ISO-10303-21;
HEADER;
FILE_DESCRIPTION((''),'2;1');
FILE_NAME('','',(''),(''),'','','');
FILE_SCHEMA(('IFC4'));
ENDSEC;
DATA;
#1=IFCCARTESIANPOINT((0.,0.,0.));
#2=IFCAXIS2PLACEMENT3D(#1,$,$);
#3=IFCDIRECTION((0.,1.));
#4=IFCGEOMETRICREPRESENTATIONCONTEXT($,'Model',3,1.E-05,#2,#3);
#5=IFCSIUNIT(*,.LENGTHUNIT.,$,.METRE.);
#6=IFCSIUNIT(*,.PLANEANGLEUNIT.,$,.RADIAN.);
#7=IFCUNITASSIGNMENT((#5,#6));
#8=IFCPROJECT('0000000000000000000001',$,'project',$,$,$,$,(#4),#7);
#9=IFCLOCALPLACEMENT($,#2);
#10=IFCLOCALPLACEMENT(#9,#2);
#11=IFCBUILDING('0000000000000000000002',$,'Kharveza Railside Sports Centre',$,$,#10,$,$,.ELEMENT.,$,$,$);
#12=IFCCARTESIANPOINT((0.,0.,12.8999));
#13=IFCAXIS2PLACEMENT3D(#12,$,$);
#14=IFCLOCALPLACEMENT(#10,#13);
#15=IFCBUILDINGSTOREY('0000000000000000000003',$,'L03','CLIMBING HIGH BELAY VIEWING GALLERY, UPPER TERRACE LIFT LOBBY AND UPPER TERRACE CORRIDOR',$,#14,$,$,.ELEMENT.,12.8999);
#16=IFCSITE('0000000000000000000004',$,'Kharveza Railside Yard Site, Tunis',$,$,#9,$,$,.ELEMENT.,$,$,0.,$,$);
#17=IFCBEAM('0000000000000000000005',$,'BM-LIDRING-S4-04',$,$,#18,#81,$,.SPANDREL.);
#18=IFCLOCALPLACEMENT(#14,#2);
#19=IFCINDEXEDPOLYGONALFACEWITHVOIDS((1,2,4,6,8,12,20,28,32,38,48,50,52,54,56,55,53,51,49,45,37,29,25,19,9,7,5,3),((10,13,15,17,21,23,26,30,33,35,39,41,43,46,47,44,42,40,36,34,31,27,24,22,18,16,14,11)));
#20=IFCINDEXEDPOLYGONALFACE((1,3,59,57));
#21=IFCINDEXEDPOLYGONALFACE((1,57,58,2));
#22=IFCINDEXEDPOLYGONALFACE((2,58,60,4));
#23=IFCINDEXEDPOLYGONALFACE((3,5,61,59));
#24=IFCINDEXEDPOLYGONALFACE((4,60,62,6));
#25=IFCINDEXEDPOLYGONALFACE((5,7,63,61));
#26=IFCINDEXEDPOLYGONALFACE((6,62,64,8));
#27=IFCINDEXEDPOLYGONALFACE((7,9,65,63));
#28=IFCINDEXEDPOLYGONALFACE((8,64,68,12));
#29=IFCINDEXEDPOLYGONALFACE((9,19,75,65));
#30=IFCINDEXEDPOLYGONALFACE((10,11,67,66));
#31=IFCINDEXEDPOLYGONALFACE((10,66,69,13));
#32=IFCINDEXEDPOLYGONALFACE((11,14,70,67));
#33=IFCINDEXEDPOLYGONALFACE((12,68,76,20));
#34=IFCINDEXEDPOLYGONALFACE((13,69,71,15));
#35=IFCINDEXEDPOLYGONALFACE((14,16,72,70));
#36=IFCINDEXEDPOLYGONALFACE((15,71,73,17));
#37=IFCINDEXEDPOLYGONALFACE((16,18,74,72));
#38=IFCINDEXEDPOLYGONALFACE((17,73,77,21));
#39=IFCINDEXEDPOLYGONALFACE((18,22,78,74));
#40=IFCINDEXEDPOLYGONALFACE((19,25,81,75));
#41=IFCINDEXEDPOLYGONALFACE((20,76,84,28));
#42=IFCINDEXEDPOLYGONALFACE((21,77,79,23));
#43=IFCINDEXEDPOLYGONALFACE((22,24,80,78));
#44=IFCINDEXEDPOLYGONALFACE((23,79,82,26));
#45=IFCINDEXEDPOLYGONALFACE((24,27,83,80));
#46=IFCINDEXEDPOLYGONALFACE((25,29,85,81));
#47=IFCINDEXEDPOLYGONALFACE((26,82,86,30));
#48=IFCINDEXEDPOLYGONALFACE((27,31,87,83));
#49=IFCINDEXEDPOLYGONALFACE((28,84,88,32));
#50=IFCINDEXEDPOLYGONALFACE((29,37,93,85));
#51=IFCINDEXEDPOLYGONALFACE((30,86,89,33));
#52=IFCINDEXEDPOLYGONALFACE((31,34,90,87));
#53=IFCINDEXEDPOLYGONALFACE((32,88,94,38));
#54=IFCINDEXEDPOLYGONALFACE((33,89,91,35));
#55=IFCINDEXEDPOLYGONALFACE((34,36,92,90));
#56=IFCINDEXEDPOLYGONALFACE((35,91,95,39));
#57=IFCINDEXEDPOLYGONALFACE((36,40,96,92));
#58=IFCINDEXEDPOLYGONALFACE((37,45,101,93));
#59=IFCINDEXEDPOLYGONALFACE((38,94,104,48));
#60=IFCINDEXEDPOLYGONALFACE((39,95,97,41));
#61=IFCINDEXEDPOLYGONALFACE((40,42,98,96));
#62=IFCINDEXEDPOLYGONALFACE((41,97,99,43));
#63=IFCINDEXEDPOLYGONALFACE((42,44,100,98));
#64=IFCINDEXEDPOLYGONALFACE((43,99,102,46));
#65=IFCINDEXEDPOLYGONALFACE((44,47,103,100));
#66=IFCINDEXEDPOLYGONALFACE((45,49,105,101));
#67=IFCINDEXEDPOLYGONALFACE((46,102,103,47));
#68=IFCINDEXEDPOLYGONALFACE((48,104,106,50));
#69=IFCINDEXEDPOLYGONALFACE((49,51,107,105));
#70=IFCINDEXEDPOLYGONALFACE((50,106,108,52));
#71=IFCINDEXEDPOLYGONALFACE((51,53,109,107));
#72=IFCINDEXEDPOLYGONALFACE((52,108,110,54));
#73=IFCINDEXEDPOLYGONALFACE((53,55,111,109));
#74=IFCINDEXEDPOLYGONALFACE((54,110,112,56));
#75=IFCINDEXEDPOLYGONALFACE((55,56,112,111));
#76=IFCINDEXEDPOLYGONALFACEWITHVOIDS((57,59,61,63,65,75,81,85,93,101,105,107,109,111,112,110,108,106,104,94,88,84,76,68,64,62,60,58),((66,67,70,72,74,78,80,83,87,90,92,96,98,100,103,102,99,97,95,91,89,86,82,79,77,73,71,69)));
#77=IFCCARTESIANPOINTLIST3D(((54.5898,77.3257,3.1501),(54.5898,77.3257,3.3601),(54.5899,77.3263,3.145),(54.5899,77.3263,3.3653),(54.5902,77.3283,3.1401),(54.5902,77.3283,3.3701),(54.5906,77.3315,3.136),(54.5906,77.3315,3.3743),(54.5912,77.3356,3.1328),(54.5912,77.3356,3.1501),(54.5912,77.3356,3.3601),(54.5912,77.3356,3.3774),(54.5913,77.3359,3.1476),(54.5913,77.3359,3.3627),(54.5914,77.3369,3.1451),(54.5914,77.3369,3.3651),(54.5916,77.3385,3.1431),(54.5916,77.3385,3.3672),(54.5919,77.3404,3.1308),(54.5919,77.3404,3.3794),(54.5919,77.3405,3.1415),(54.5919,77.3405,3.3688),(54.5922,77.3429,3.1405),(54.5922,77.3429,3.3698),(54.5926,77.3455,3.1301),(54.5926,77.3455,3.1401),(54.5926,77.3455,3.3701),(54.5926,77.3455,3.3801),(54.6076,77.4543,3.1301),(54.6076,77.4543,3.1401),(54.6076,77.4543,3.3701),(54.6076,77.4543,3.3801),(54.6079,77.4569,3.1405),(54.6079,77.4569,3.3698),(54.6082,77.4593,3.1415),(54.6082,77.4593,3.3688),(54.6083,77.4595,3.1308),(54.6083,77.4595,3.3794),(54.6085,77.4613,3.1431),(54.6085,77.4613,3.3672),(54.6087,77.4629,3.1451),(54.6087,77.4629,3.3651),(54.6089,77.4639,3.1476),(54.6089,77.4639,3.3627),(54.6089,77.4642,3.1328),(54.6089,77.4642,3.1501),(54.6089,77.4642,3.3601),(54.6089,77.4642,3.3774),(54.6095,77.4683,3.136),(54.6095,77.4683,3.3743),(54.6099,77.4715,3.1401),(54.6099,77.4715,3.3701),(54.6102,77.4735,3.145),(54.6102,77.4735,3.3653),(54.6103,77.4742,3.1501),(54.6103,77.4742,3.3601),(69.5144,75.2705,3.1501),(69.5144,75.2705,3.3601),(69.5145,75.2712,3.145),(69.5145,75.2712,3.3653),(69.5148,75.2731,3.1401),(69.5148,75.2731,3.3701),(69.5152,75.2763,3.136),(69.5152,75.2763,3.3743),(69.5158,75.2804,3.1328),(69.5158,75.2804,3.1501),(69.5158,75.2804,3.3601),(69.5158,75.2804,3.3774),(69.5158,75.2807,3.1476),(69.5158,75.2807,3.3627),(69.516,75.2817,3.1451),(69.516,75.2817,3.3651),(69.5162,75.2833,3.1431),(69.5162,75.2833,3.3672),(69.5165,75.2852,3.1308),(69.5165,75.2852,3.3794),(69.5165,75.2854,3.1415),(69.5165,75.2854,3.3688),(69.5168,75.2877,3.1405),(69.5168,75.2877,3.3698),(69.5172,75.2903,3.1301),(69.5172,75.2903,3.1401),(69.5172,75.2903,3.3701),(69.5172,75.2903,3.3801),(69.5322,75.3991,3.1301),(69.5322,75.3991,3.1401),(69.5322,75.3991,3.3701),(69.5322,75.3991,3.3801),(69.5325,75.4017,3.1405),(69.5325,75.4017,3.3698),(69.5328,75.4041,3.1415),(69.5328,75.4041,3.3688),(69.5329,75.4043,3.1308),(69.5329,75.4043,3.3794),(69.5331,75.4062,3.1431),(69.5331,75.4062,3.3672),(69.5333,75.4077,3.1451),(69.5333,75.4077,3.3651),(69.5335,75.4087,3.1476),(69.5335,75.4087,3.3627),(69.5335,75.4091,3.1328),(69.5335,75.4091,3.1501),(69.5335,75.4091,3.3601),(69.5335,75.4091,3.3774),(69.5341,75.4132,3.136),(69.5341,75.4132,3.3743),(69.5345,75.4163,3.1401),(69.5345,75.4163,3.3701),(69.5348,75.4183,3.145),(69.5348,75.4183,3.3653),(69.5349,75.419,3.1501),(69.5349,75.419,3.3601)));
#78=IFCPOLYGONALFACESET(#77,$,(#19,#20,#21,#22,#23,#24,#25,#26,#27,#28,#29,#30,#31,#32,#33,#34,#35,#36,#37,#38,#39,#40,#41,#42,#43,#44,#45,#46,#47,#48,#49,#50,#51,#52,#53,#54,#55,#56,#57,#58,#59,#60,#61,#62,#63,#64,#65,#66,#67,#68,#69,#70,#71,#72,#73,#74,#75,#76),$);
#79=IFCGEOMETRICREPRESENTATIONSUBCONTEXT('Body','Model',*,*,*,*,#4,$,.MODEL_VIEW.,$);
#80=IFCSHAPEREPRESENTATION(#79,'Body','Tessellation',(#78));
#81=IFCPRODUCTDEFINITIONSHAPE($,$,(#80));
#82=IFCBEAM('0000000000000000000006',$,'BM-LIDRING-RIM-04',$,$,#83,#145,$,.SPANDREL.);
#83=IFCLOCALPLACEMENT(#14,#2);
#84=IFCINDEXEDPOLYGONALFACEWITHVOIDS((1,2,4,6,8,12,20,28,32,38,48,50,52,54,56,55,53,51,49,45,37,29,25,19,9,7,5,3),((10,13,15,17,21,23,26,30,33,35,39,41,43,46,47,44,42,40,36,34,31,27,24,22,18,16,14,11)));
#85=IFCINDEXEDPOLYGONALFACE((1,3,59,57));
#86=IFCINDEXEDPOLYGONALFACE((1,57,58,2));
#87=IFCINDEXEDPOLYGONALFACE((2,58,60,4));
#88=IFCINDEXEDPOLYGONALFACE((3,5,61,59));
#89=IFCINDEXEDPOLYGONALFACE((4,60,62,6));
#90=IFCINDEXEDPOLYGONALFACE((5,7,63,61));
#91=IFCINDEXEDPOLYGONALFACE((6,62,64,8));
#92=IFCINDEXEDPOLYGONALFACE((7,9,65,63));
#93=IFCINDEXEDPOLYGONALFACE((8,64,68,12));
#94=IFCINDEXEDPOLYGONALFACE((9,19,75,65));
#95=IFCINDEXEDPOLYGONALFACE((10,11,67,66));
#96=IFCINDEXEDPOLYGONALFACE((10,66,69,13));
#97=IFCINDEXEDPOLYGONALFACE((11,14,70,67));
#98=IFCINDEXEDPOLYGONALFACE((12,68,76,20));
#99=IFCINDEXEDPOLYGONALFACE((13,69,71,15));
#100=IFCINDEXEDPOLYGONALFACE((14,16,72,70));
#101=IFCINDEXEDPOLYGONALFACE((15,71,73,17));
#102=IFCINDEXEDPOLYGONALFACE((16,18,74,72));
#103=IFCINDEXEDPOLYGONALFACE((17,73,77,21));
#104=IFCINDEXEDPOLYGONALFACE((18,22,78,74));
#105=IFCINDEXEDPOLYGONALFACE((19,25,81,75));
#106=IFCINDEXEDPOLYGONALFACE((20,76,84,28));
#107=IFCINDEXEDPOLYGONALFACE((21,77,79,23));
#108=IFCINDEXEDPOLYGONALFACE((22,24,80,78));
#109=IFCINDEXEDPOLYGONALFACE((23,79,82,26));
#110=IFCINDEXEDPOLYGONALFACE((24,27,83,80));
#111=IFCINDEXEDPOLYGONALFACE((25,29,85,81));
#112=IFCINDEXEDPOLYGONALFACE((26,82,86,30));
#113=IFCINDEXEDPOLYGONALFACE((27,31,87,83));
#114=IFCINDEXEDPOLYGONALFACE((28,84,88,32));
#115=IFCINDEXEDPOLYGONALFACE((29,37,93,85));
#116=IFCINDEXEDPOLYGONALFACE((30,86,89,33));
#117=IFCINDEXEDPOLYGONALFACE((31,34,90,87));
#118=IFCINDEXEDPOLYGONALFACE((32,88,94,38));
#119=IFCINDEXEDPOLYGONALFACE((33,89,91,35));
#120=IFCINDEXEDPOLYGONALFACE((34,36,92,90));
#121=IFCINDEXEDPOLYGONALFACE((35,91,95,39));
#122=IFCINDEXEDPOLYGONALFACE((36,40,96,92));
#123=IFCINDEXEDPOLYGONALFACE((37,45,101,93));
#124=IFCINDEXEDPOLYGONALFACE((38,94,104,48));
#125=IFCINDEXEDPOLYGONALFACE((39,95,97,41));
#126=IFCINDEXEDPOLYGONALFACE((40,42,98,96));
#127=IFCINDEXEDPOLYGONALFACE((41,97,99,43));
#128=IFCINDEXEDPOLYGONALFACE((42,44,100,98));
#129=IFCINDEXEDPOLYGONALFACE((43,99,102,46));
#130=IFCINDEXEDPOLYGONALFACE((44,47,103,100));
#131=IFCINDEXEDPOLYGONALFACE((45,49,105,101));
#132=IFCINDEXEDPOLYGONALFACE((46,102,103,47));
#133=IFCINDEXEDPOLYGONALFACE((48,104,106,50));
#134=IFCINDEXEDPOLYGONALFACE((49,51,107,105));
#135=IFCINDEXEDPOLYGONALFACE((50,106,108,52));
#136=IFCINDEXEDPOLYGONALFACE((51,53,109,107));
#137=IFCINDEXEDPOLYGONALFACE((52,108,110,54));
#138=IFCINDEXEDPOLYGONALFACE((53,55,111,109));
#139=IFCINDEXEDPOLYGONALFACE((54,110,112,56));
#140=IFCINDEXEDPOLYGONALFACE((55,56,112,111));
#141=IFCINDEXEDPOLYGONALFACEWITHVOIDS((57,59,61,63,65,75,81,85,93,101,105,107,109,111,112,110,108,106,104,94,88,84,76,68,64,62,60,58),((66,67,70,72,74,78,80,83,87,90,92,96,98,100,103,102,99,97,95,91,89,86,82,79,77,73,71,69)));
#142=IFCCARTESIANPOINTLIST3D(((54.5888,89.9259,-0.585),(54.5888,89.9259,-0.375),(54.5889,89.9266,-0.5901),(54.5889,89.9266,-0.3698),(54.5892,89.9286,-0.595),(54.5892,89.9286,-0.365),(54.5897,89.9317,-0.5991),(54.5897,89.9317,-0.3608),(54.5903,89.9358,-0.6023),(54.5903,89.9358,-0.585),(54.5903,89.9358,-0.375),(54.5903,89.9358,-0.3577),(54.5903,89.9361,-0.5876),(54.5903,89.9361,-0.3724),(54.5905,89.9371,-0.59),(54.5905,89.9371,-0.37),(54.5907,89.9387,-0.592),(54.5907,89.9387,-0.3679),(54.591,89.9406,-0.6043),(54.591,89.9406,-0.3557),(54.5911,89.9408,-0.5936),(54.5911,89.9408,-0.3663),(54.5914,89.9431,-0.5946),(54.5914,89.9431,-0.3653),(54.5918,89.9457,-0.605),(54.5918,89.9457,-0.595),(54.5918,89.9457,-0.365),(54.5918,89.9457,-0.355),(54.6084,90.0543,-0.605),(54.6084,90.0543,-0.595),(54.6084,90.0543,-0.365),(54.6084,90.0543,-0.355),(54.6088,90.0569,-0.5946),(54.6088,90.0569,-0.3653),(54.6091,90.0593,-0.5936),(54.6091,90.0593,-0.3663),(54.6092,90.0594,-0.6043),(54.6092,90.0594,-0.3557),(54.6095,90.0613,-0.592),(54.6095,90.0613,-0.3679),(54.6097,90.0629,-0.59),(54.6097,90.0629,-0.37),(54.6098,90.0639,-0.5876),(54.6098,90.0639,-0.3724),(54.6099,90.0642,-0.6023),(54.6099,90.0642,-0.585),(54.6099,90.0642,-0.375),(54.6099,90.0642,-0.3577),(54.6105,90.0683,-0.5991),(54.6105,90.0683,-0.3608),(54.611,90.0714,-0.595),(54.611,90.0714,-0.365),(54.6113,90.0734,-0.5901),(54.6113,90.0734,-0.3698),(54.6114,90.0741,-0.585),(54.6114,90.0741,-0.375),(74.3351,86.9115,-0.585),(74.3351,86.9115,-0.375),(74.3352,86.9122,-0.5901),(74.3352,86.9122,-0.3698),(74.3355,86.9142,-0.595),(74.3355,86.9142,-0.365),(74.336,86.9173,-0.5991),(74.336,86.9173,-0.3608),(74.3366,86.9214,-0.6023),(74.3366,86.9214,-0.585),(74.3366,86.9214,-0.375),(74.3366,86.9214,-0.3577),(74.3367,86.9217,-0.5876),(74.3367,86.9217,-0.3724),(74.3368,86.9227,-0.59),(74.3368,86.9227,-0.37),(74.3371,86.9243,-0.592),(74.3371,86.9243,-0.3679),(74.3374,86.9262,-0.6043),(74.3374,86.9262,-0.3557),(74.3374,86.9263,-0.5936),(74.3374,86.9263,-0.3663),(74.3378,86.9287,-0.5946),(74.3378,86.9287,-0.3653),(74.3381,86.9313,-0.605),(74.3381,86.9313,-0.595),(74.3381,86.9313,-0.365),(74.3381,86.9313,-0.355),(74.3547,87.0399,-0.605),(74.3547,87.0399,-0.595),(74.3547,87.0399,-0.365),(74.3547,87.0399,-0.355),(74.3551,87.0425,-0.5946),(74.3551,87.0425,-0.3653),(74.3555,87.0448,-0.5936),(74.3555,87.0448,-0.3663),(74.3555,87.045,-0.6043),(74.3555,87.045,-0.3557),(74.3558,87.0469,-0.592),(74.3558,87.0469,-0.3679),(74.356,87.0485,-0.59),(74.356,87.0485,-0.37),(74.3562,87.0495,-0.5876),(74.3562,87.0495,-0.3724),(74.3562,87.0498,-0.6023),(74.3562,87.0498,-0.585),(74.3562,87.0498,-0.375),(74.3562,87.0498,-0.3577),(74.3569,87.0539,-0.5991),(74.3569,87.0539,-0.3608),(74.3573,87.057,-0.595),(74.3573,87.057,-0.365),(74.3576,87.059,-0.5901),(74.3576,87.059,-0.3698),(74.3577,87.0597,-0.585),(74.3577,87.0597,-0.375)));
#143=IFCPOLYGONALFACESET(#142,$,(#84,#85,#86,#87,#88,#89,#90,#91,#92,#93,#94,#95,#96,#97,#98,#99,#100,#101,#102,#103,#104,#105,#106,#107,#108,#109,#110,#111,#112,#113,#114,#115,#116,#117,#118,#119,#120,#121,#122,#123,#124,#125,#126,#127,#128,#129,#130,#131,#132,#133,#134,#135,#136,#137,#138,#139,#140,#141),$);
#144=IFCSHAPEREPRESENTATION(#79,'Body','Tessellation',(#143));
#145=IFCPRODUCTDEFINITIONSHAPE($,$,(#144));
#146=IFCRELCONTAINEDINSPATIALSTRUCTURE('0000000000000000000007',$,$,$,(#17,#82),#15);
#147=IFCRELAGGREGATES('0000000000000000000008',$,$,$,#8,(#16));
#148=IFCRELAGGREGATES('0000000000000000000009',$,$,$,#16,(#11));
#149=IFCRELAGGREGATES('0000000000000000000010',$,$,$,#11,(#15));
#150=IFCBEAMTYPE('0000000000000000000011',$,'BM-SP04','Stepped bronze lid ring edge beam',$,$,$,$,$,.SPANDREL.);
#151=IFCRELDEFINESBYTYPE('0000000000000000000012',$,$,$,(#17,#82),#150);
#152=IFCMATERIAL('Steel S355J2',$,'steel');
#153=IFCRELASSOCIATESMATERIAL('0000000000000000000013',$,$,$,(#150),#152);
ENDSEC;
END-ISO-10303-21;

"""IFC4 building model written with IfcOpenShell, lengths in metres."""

from ifc_helpers import new_model, si_unit, direction, frame, origin, origin_2d, place, context, subcontext, project, spatial, hollow_rectangle, extrude, material, material_profile, profile_set, type_object, element, save


model = new_model("IFC4")

# Units and contexts
model_context = context("Model", 3, precision=1e-05, world=origin(), true_north=direction((0.0, 1.0)))
body_context = subcontext(model_context, "Body", "Model", "MODEL_VIEW")
ifc_project = project(units=[si_unit("LENGTHUNIT", "METRE"), si_unit("PLANEANGLEUNIT", "RADIAN")], contexts=[model_context])

# Site, building, storey
site_placement = place(None, origin())
site = spatial("IfcSite", under=ifc_project, at=site_placement, Name="Kharveza Railside Yard Site, Tunis", CompositionType="ELEMENT", RefElevation=0.0)
building_placement = place(site_placement, origin())
building = spatial("IfcBuilding", under=site, at=building_placement, Name="Kharveza Railside Sports Centre", CompositionType="ELEMENT")
storey_placement = place(building_placement, frame((0.0, 0.0, 12.8999)))
storey = spatial("IfcBuildingStorey", under=building, at=storey_placement, Name="L03", Description="CLIMBING HIGH BELAY VIEWING GALLERY, UPPER TERRACE LIFT LOBBY AND UPPER TERRACE CORRIDOR", CompositionType="ELEMENT", Elevation=12.8999)

# Beams
ifc_material_1 = material(Name="Steel S355J2", Category="steel")
ifc_material_profile_1 = material_profile(ifc_material_1, hollow_rectangle(XDim=0.1499, YDim=0.25, WallThickness=0.01, InnerFilletRadius=0.01, OuterFilletRadius=0.02, at=origin_2d()), Name="RHS 150x250x10.0")
ifc_profile_set_1 = profile_set([ifc_material_profile_1], Name="Steel S355J2")
beam_type = type_object("IfcBeamType", Name="BM-SP04", Description="Stepped bronze lid ring edge beam", PredefinedType="SPANDREL", material=ifc_profile_set_1)
beam_1_placement = place(storey_placement, frame((69.5247, 75.3447, 3.2551), z_axis=(-0.990652, 0.136417, 0.0), x_axis=(-0.136417, -0.990652, 0.0)))
element("IfcBeam", 1, at=beam_1_placement, inside=storey, type_object=beam_type, Name="BM-LIDRING-S4-04", PredefinedType="SPANDREL", context=body_context, shape_type="SweptSolid", body=[
    extrude(hollow_rectangle(XDim=0.1499, YDim=0.25, WallThickness=0.01, InnerFilletRadius=0.01, OuterFilletRadius=0.02, at=origin_2d()), origin(), (0.0, 0.0, 1.0), 15.0654),
])
beam_2_placement = place(storey_placement, frame((74.3464, 86.9856, -0.48), z_axis=(-0.988548, 0.150908, 0.0), x_axis=(-0.150908, -0.988548, 0.0)))
element("IfcBeam", 2, at=beam_2_placement, inside=storey, type_object=beam_type, Name="BM-LIDRING-RIM-04", PredefinedType="SPANDREL", context=body_context, shape_type="SweptSolid", body=[
    extrude(hollow_rectangle(XDim=0.1499, YDim=0.25, WallThickness=0.01, InnerFilletRadius=0.01, OuterFilletRadius=0.02, at=origin_2d()), origin(), (0.0, 0.0, 1.0), 19.9751),
])

save(model, "model.ifc")
